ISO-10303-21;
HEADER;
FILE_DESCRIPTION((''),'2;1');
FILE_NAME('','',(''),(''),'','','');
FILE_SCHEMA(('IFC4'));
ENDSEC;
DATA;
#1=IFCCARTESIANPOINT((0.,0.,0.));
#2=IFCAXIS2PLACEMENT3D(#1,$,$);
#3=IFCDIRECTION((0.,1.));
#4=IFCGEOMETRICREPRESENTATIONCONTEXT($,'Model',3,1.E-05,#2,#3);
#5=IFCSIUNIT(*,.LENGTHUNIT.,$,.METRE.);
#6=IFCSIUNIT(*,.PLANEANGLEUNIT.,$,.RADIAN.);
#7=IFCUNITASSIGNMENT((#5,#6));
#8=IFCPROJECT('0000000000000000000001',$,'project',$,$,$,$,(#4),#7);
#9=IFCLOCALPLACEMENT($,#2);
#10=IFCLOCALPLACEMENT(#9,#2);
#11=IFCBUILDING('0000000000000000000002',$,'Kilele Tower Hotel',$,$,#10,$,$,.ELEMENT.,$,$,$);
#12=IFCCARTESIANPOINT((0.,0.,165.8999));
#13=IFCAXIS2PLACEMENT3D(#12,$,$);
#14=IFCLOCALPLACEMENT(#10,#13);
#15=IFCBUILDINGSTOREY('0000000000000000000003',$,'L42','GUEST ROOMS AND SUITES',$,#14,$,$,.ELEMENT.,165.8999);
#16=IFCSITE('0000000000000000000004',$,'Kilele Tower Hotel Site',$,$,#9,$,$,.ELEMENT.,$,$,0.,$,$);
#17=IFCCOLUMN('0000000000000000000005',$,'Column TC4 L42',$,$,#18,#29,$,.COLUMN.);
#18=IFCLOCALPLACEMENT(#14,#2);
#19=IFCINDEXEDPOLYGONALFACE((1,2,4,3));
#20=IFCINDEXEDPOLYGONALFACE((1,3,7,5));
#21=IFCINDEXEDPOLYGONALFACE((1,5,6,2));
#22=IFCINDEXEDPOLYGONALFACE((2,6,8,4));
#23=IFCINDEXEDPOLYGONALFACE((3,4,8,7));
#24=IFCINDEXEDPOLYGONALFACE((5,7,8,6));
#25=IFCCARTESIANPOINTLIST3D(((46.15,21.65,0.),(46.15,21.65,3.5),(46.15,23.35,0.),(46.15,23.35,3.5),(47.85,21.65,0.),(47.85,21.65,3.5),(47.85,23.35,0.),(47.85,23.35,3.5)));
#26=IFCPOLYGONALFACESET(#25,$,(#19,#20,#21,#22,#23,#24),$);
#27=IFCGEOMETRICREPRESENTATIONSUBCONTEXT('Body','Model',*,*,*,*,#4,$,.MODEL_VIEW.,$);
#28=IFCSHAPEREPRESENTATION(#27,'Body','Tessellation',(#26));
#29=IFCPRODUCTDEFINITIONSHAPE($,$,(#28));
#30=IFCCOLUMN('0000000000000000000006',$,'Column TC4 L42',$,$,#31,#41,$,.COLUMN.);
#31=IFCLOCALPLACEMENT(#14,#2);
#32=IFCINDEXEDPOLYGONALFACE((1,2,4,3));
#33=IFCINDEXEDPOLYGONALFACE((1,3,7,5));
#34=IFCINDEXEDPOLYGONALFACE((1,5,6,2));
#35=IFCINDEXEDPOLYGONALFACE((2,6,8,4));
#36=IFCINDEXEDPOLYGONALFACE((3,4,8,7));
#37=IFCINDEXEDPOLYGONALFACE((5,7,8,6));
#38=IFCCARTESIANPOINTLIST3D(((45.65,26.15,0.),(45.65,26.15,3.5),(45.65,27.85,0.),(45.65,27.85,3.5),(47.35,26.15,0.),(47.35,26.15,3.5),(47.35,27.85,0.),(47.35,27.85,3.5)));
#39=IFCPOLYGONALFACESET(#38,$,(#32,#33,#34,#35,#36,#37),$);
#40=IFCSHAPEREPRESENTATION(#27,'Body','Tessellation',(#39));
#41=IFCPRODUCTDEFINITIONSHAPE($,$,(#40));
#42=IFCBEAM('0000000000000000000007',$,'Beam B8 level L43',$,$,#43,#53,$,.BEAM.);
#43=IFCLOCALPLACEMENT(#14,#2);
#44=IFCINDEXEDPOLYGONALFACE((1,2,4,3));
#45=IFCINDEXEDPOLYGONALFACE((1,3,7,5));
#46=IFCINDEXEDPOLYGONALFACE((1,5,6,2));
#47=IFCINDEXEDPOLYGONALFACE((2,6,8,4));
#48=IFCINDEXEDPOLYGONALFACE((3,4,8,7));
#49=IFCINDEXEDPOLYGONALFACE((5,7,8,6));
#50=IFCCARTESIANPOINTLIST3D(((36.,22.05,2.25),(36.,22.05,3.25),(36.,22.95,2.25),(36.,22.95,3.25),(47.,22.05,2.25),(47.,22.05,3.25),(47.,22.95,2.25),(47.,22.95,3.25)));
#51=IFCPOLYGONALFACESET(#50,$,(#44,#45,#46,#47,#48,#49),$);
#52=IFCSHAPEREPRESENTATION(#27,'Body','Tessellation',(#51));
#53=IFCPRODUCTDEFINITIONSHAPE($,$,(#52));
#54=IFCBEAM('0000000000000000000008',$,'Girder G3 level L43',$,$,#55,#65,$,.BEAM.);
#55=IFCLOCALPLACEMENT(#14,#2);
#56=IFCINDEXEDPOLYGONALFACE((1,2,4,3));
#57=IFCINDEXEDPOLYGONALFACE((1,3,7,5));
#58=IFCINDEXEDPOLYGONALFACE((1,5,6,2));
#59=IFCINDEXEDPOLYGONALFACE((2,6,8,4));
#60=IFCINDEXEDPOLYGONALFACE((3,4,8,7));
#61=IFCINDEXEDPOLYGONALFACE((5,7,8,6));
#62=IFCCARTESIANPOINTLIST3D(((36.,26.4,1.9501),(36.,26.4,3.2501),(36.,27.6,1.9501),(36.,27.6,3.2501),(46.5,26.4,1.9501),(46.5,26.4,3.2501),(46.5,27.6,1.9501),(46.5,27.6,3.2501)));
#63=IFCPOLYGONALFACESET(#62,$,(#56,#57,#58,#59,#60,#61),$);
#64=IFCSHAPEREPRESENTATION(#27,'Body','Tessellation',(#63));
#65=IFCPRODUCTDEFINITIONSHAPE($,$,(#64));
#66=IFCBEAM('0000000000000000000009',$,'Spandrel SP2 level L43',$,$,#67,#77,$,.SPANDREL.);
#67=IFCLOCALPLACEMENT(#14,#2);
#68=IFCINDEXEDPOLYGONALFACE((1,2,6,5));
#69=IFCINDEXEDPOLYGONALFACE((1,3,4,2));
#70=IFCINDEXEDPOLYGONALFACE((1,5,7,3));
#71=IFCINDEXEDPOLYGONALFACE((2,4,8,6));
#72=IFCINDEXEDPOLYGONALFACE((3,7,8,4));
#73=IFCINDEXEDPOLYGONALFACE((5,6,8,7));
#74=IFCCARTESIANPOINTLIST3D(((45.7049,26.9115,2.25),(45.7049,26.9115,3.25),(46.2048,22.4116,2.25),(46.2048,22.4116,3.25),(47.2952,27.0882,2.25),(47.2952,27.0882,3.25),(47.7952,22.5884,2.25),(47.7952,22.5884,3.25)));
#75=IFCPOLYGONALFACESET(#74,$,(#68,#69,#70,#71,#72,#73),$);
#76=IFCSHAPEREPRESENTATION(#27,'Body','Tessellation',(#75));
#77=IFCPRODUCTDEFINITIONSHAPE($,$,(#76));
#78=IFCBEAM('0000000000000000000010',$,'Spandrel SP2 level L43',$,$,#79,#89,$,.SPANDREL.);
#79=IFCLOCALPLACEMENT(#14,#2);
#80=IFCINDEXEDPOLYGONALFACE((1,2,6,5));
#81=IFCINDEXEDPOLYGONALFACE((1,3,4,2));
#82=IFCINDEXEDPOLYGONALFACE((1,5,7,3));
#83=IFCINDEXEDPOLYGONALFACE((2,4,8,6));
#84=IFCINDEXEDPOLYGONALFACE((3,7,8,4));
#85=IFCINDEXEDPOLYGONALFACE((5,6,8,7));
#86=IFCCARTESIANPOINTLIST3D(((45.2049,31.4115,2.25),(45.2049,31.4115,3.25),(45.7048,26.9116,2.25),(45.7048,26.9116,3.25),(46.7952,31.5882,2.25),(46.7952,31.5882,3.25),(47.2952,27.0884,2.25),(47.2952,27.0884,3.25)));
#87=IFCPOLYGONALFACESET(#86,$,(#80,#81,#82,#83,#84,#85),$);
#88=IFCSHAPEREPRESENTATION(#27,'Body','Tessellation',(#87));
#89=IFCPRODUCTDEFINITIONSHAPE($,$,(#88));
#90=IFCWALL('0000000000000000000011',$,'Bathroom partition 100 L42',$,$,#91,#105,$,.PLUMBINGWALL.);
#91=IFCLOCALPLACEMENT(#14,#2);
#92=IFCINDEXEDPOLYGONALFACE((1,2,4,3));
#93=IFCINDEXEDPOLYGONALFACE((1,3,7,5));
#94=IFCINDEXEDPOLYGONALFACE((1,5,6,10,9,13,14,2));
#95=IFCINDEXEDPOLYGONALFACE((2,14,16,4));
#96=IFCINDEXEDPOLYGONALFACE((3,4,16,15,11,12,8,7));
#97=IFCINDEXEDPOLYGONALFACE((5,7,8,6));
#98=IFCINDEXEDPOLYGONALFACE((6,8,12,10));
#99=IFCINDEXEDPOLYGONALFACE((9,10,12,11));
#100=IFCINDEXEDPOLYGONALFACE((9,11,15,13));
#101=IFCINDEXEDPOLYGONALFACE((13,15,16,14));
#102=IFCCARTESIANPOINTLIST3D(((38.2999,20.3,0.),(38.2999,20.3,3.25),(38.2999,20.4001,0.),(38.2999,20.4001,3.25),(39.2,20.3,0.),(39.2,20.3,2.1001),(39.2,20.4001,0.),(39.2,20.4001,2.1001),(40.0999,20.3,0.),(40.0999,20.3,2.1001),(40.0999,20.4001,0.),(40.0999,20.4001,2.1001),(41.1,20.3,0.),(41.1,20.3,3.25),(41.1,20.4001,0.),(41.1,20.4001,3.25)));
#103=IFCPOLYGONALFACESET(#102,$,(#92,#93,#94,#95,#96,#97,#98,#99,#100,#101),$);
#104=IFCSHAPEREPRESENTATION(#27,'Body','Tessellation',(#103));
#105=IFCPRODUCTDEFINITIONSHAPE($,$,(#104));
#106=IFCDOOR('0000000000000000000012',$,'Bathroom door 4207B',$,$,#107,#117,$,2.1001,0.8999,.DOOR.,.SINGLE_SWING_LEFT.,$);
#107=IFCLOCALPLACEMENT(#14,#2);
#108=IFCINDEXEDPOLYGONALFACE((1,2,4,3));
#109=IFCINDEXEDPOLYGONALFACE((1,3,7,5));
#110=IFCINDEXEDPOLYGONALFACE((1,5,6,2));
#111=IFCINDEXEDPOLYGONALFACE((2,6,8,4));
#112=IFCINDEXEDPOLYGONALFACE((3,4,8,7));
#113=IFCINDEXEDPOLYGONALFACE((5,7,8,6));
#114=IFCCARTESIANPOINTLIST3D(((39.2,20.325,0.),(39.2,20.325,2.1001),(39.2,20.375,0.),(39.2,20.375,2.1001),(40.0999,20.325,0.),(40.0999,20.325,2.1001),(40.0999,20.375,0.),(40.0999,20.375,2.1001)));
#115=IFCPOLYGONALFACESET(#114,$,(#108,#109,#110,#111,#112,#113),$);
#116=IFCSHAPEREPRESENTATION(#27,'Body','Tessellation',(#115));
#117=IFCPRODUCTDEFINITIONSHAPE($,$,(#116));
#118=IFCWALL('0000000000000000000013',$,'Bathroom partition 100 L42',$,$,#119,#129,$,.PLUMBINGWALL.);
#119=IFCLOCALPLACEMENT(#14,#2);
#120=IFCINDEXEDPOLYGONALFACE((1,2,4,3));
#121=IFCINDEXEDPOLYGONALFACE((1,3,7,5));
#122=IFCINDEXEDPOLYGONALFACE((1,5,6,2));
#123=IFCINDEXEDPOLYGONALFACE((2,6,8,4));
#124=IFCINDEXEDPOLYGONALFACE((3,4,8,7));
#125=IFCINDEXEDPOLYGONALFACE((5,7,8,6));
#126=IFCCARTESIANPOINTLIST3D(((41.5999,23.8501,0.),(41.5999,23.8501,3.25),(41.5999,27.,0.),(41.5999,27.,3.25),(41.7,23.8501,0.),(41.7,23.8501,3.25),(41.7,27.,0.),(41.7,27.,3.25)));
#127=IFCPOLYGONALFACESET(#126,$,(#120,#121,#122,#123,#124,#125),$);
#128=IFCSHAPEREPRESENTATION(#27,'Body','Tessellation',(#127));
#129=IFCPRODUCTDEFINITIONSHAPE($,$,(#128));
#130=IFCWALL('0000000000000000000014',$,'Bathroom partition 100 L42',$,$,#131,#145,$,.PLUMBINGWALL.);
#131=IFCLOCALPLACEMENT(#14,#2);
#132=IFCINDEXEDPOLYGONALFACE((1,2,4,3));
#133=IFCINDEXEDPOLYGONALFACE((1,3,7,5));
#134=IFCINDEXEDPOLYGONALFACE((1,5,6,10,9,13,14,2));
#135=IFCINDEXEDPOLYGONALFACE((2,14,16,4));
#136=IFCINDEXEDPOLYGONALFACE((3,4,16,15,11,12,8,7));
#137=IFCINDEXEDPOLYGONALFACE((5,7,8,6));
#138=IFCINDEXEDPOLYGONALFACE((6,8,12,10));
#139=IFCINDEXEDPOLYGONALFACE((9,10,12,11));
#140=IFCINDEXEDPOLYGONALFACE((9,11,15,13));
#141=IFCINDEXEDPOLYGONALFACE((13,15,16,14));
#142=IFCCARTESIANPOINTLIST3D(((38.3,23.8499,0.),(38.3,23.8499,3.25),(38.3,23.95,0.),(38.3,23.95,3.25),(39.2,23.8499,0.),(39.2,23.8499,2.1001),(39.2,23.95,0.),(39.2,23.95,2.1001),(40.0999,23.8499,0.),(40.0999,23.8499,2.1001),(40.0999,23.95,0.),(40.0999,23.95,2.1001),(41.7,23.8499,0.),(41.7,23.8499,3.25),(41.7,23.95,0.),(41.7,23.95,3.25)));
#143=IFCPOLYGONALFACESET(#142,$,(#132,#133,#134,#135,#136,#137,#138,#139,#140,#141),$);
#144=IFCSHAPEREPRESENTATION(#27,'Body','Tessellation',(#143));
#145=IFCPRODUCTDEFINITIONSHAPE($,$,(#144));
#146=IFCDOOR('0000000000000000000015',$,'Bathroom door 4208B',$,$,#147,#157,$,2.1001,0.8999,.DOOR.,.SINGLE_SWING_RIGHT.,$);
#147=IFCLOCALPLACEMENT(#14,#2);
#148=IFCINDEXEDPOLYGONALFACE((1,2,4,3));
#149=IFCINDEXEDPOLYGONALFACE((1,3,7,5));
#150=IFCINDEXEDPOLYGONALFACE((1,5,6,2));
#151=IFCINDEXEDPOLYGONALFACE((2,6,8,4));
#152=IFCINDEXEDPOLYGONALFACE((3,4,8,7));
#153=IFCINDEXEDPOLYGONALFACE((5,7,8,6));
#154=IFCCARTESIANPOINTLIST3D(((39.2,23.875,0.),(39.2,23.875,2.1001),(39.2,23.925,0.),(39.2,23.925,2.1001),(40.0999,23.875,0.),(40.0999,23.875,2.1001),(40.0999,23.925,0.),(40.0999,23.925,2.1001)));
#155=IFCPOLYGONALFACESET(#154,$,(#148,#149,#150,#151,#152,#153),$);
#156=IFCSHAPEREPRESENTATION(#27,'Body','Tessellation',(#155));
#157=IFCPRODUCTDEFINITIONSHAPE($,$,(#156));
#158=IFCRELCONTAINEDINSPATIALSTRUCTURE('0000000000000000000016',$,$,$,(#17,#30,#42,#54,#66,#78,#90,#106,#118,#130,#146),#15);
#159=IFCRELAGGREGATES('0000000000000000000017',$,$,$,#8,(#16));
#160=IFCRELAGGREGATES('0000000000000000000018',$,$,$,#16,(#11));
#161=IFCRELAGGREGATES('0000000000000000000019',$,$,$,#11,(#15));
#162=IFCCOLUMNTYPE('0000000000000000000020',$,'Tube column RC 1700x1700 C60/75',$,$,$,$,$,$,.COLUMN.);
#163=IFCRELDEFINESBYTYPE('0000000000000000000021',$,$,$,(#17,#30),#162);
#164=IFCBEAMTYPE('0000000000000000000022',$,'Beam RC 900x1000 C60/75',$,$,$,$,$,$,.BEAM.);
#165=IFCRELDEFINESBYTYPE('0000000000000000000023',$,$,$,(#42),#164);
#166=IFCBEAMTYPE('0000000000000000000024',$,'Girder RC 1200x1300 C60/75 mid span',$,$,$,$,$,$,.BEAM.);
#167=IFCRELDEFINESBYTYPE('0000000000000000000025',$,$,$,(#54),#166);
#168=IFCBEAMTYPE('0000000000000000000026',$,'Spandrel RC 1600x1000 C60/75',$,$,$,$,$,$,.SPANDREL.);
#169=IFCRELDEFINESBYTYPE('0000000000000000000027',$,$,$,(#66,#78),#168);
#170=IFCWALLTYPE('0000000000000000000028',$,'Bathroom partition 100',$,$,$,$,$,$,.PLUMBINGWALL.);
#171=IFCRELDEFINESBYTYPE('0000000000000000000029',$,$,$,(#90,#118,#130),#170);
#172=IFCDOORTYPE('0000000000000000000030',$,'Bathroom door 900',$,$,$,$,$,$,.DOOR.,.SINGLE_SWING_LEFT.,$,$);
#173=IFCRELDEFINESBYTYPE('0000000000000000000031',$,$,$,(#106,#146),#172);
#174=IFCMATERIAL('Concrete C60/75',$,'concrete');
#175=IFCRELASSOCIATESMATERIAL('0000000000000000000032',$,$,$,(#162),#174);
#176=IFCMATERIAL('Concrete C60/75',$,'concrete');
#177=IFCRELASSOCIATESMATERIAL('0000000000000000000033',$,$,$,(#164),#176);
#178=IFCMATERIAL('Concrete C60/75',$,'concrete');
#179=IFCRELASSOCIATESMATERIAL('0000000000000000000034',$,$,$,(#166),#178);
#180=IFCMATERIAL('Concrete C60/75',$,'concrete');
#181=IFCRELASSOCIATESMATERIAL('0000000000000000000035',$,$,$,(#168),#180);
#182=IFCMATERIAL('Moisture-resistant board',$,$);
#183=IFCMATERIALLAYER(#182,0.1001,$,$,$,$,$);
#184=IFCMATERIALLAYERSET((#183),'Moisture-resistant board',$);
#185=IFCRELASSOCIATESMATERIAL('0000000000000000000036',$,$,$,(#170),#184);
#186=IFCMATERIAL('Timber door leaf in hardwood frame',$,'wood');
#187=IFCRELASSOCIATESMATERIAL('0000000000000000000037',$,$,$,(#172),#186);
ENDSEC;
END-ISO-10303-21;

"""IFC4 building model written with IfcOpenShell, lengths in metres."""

from ifc_helpers import new_model, si_unit, direction, frame, frame_2d, origin, origin_2d, place, context, subcontext, project, spatial, rectangle, extrude, material, layer, layer_set, material_profile, profile_set, type_object, element, fill, save


model = new_model("IFC4")

# Units and contexts
model_context = context("Model", 3, precision=1e-05, world=origin(), true_north=direction((0.0, 1.0)))
body_context = subcontext(model_context, "Body", "Model", "MODEL_VIEW")
ifc_project = project(units=[si_unit("LENGTHUNIT", "METRE"), si_unit("PLANEANGLEUNIT", "RADIAN")], contexts=[model_context])

# Site, building, storey
site_placement = place(None, origin())
site = spatial("IfcSite", under=ifc_project, at=site_placement, Name="Kilele Tower Hotel Site", CompositionType="ELEMENT", RefElevation=0.0)
building_placement = place(site_placement, origin())
building = spatial("IfcBuilding", under=site, at=building_placement, Name="Kilele Tower Hotel", CompositionType="ELEMENT")
storey_placement = place(building_placement, frame((0.0, 0.0, 165.8999)))
storey = spatial("IfcBuildingStorey", under=building, at=storey_placement, Name="L42", Description="GUEST ROOMS AND SUITES", CompositionType="ELEMENT", Elevation=165.8999)

# Columns
ifc_material_1 = material(Name="Concrete C60/75", Category="concrete")
ifc_material_profile_1 = material_profile(ifc_material_1, rectangle(XDim=1.7, YDim=1.7, at=origin_2d()))
ifc_profile_set_1 = profile_set([ifc_material_profile_1], Name="Concrete C60/75")
column_type = type_object("IfcColumnType", Name="Tube column RC 1700x1700 C60/75", PredefinedType="COLUMN", material=ifc_profile_set_1)
for number, where, z_axis, x_axis, name in (
    (1, (47.0, 22.5, 0.0), (0.0, 0.0, 1.0), (1.0, 0.0, 0.0), "Column TC4 L42"),
    (2, (46.5, 27.0, 0.0), (0.0, 0.0, 1.0), (1.0, 0.0, 0.0), "Column TC4 L42"),
):
    element("IfcColumn", number, at=place(storey_placement, frame(where, z_axis=z_axis, x_axis=x_axis)), inside=storey, type_object=column_type, Name=name, PredefinedType="COLUMN", context=body_context, shape_type="SweptSolid", body=[
        extrude(rectangle(XDim=1.7, YDim=1.7, at=origin_2d()), origin(), (0.0, 0.0, 1.0), 3.5),
    ])

# Beams
ifc_material_2 = material(Name="Concrete C60/75", Category="concrete")
ifc_material_profile_2 = material_profile(ifc_material_2, rectangle(XDim=0.8999, YDim=1.0, at=origin_2d()))
ifc_profile_set_2 = profile_set([ifc_material_profile_2], Name="Concrete C60/75")
beam_type_1 = type_object("IfcBeamType", Name="Beam RC 900x1000 C60/75", PredefinedType="BEAM", material=ifc_profile_set_2)
beam_1_placement = place(storey_placement, frame((47.0, 22.5, 2.75), z_axis=(-1.0, 0.0, 0.0), x_axis=(0.0, -1.0, 0.0)))
element("IfcBeam", 3, at=beam_1_placement, inside=storey, type_object=beam_type_1, Name="Beam B8 level L43", PredefinedType="BEAM", context=body_context, shape_type="SweptSolid", body=[
    extrude(rectangle(XDim=0.8999, YDim=1.0, at=origin_2d()), origin(), (0.0, 0.0, 1.0), 11.0),
])
ifc_material_3 = material(Name="Concrete C60/75", Category="concrete")
ifc_material_profile_3 = material_profile(ifc_material_3, rectangle(XDim=1.2, YDim=1.3, at=origin_2d()))
ifc_profile_set_3 = profile_set([ifc_material_profile_3], Name="Concrete C60/75")
beam_type_2 = type_object("IfcBeamType", Name="Girder RC 1200x1300 C60/75 mid span", PredefinedType="BEAM", material=ifc_profile_set_3)
beam_2_placement = place(storey_placement, frame((46.5, 27.0, 2.6001), z_axis=(-1.0, 0.0, 0.0), x_axis=(0.0, -1.0, 0.0)))
element("IfcBeam", 4, at=beam_2_placement, inside=storey, type_object=beam_type_2, Name="Girder G3 level L43", PredefinedType="BEAM", context=body_context, shape_type="SweptSolid", body=[
    extrude(rectangle(XDim=1.2, YDim=1.3, at=origin_2d()), origin(), (0.0, 0.0, 1.0), 10.5),
])
ifc_material_4 = material(Name="Concrete C60/75", Category="concrete")
ifc_material_profile_4 = material_profile(ifc_material_4, rectangle(XDim=1.6001, YDim=1.0, at=origin_2d()))
ifc_profile_set_4 = profile_set([ifc_material_profile_4], Name="Concrete C60/75")
beam_type_3 = type_object("IfcBeamType", Name="Spandrel RC 1600x1000 C60/75", PredefinedType="SPANDREL", material=ifc_profile_set_4)
for number, where, z_axis, x_axis, name in (
    (5, (47.0, 22.5, 2.75), (-0.110432, 0.993884, 0.0), (-0.993884, -0.110432, 0.0), "Spandrel SP2 level L43"),
    (6, (46.5, 27.0, 2.75), (-0.110432, 0.993884, 0.0), (-0.993884, -0.110432, 0.0), "Spandrel SP2 level L43"),
):
    element("IfcBeam", number, at=place(storey_placement, frame(where, z_axis=z_axis, x_axis=x_axis)), inside=storey, type_object=beam_type_3, Name=name, PredefinedType="SPANDREL", context=body_context, shape_type="SweptSolid", body=[
        extrude(rectangle(XDim=1.6001, YDim=1.0, at=origin_2d()), origin(), (0.0, 0.0, 1.0), 4.5276),
    ])

# Wall, opening, door
ifc_material_5 = material(Name="Moisture-resistant board")
ifc_layer_1 = layer(ifc_material_5, 0.1001)
ifc_layer_set_1 = layer_set([ifc_layer_1], Name="Moisture-resistant board")
wall_type_1 = type_object("IfcWallType", Name="Bathroom partition 100", PredefinedType="PLUMBINGWALL", material=ifc_layer_set_1)
wall_1_placement = place(storey_placement, frame((38.3, 20.3501, 0.0), z_axis=(0.0, 0.0, 1.0), x_axis=(1.0, 0.0, 0.0)))
wall_1 = element("IfcWall", 7, at=wall_1_placement, inside=storey, type_object=wall_type_1, Name="Bathroom partition 100 L42", PredefinedType="PLUMBINGWALL", context=body_context, shape_type="SweptSolid", body=[
    extrude(rectangle(XDim=2.8, YDim=0.1001, at=frame_2d((1.3999, 0.0))), origin(), (0.0, 0.0, 1.0), 3.25),
])
opening_1_placement = place(wall_1_placement, frame((0.8999, 0.0, 0.0)))
opening_1 = element("IfcOpeningElement", 8, at=opening_1_placement, cuts=wall_1, PredefinedType="OPENING", context=body_context, shape_type="SweptSolid", body=[
    extrude(rectangle(XDim=0.8999, YDim=2.1001, at=frame_2d((0.45, 1.05))), frame((0.0, 0.0601, 0.0), z_axis=(0.0, -1.0, 0.0), x_axis=(1.0, 0.0, 0.0)), (0.0, 0.0, 1.0), 0.1201),
])
ifc_material_6 = material(Name="Timber door leaf in hardwood frame", Category="wood")
door_type_1 = type_object("IfcDoorType", Name="Bathroom door 900", OperationType="SINGLE_SWING_LEFT", PredefinedType="DOOR", material=ifc_material_6)
door_1_placement = place(opening_1_placement, origin())
door_1 = element("IfcDoor", 9, at=door_1_placement, inside=storey, type_object=door_type_1, Name="Bathroom door 4207B", OperationType="SINGLE_SWING_LEFT", OverallHeight=2.1001, OverallWidth=0.8999, PredefinedType="DOOR", context=body_context, shape_type="SweptSolid", body=[
    extrude(rectangle(XDim=0.8999, YDim=2.1001, at=frame_2d((0.45, 1.05))), frame((0.0, 0.0249, 0.0), z_axis=(0.0, -1.0, 0.0), x_axis=(1.0, 0.0, 0.0)), (0.0, 0.0, 1.0), 0.05),
])
fill(opening_1, door_1)

# Wall
wall_2_placement = place(storey_placement, frame((41.6499, 23.8501, 0.0), z_axis=(0.0, 0.0, 1.0), x_axis=(0.0, 1.0, 0.0)))
element("IfcWall", 10, at=wall_2_placement, inside=storey, type_object=wall_type_1, Name="Bathroom partition 100 L42", PredefinedType="PLUMBINGWALL", context=body_context, shape_type="SweptSolid", body=[
    extrude(rectangle(XDim=3.1499, YDim=0.1001, at=frame_2d((1.575, 0.0))), origin(), (0.0, 0.0, 1.0), 3.25),
])

# Wall, opening, door
wall_3_placement = place(storey_placement, frame((38.3, 23.8999, 0.0), z_axis=(0.0, 0.0, 1.0), x_axis=(1.0, 0.0, 0.0)))
wall_3 = element("IfcWall", 11, at=wall_3_placement, inside=storey, type_object=wall_type_1, Name="Bathroom partition 100 L42", PredefinedType="PLUMBINGWALL", context=body_context, shape_type="SweptSolid", body=[
    extrude(rectangle(XDim=3.3999, YDim=0.1001, at=frame_2d((1.7, 0.0))), origin(), (0.0, 0.0, 1.0), 3.25),
])
opening_2_placement = place(wall_3_placement, frame((1.7998, 0.0, 0.0), z_axis=(0.0, 0.0, 1.0), x_axis=(-1.0, 0.0, 0.0)))
opening_2 = element("IfcOpeningElement", 12, at=opening_2_placement, cuts=wall_3, PredefinedType="OPENING", context=body_context, shape_type="SweptSolid", body=[
    extrude(rectangle(XDim=0.8999, YDim=2.1001, at=frame_2d((0.45, 1.05))), frame((0.0, 0.0601, 0.0), z_axis=(0.0, -1.0, 0.0), x_axis=(1.0, 0.0, 0.0)), (0.0, 0.0, 1.0), 0.1201),
])
door_2_placement = place(opening_2_placement, origin())
door_2 = element("IfcDoor", 13, at=door_2_placement, inside=storey, type_object=door_type_1, Name="Bathroom door 4208B", OperationType="SINGLE_SWING_RIGHT", OverallHeight=2.1001, OverallWidth=0.8999, PredefinedType="DOOR", context=body_context, shape_type="SweptSolid", body=[
    extrude(rectangle(XDim=0.8999, YDim=2.1001, at=frame_2d((0.45, 1.05))), frame((0.0, 0.0249, 0.0), z_axis=(0.0, -1.0, 0.0), x_axis=(1.0, 0.0, 0.0)), (0.0, 0.0, 1.0), 0.05),
])
fill(opening_2, door_2)

save(model, "model.ifc")
